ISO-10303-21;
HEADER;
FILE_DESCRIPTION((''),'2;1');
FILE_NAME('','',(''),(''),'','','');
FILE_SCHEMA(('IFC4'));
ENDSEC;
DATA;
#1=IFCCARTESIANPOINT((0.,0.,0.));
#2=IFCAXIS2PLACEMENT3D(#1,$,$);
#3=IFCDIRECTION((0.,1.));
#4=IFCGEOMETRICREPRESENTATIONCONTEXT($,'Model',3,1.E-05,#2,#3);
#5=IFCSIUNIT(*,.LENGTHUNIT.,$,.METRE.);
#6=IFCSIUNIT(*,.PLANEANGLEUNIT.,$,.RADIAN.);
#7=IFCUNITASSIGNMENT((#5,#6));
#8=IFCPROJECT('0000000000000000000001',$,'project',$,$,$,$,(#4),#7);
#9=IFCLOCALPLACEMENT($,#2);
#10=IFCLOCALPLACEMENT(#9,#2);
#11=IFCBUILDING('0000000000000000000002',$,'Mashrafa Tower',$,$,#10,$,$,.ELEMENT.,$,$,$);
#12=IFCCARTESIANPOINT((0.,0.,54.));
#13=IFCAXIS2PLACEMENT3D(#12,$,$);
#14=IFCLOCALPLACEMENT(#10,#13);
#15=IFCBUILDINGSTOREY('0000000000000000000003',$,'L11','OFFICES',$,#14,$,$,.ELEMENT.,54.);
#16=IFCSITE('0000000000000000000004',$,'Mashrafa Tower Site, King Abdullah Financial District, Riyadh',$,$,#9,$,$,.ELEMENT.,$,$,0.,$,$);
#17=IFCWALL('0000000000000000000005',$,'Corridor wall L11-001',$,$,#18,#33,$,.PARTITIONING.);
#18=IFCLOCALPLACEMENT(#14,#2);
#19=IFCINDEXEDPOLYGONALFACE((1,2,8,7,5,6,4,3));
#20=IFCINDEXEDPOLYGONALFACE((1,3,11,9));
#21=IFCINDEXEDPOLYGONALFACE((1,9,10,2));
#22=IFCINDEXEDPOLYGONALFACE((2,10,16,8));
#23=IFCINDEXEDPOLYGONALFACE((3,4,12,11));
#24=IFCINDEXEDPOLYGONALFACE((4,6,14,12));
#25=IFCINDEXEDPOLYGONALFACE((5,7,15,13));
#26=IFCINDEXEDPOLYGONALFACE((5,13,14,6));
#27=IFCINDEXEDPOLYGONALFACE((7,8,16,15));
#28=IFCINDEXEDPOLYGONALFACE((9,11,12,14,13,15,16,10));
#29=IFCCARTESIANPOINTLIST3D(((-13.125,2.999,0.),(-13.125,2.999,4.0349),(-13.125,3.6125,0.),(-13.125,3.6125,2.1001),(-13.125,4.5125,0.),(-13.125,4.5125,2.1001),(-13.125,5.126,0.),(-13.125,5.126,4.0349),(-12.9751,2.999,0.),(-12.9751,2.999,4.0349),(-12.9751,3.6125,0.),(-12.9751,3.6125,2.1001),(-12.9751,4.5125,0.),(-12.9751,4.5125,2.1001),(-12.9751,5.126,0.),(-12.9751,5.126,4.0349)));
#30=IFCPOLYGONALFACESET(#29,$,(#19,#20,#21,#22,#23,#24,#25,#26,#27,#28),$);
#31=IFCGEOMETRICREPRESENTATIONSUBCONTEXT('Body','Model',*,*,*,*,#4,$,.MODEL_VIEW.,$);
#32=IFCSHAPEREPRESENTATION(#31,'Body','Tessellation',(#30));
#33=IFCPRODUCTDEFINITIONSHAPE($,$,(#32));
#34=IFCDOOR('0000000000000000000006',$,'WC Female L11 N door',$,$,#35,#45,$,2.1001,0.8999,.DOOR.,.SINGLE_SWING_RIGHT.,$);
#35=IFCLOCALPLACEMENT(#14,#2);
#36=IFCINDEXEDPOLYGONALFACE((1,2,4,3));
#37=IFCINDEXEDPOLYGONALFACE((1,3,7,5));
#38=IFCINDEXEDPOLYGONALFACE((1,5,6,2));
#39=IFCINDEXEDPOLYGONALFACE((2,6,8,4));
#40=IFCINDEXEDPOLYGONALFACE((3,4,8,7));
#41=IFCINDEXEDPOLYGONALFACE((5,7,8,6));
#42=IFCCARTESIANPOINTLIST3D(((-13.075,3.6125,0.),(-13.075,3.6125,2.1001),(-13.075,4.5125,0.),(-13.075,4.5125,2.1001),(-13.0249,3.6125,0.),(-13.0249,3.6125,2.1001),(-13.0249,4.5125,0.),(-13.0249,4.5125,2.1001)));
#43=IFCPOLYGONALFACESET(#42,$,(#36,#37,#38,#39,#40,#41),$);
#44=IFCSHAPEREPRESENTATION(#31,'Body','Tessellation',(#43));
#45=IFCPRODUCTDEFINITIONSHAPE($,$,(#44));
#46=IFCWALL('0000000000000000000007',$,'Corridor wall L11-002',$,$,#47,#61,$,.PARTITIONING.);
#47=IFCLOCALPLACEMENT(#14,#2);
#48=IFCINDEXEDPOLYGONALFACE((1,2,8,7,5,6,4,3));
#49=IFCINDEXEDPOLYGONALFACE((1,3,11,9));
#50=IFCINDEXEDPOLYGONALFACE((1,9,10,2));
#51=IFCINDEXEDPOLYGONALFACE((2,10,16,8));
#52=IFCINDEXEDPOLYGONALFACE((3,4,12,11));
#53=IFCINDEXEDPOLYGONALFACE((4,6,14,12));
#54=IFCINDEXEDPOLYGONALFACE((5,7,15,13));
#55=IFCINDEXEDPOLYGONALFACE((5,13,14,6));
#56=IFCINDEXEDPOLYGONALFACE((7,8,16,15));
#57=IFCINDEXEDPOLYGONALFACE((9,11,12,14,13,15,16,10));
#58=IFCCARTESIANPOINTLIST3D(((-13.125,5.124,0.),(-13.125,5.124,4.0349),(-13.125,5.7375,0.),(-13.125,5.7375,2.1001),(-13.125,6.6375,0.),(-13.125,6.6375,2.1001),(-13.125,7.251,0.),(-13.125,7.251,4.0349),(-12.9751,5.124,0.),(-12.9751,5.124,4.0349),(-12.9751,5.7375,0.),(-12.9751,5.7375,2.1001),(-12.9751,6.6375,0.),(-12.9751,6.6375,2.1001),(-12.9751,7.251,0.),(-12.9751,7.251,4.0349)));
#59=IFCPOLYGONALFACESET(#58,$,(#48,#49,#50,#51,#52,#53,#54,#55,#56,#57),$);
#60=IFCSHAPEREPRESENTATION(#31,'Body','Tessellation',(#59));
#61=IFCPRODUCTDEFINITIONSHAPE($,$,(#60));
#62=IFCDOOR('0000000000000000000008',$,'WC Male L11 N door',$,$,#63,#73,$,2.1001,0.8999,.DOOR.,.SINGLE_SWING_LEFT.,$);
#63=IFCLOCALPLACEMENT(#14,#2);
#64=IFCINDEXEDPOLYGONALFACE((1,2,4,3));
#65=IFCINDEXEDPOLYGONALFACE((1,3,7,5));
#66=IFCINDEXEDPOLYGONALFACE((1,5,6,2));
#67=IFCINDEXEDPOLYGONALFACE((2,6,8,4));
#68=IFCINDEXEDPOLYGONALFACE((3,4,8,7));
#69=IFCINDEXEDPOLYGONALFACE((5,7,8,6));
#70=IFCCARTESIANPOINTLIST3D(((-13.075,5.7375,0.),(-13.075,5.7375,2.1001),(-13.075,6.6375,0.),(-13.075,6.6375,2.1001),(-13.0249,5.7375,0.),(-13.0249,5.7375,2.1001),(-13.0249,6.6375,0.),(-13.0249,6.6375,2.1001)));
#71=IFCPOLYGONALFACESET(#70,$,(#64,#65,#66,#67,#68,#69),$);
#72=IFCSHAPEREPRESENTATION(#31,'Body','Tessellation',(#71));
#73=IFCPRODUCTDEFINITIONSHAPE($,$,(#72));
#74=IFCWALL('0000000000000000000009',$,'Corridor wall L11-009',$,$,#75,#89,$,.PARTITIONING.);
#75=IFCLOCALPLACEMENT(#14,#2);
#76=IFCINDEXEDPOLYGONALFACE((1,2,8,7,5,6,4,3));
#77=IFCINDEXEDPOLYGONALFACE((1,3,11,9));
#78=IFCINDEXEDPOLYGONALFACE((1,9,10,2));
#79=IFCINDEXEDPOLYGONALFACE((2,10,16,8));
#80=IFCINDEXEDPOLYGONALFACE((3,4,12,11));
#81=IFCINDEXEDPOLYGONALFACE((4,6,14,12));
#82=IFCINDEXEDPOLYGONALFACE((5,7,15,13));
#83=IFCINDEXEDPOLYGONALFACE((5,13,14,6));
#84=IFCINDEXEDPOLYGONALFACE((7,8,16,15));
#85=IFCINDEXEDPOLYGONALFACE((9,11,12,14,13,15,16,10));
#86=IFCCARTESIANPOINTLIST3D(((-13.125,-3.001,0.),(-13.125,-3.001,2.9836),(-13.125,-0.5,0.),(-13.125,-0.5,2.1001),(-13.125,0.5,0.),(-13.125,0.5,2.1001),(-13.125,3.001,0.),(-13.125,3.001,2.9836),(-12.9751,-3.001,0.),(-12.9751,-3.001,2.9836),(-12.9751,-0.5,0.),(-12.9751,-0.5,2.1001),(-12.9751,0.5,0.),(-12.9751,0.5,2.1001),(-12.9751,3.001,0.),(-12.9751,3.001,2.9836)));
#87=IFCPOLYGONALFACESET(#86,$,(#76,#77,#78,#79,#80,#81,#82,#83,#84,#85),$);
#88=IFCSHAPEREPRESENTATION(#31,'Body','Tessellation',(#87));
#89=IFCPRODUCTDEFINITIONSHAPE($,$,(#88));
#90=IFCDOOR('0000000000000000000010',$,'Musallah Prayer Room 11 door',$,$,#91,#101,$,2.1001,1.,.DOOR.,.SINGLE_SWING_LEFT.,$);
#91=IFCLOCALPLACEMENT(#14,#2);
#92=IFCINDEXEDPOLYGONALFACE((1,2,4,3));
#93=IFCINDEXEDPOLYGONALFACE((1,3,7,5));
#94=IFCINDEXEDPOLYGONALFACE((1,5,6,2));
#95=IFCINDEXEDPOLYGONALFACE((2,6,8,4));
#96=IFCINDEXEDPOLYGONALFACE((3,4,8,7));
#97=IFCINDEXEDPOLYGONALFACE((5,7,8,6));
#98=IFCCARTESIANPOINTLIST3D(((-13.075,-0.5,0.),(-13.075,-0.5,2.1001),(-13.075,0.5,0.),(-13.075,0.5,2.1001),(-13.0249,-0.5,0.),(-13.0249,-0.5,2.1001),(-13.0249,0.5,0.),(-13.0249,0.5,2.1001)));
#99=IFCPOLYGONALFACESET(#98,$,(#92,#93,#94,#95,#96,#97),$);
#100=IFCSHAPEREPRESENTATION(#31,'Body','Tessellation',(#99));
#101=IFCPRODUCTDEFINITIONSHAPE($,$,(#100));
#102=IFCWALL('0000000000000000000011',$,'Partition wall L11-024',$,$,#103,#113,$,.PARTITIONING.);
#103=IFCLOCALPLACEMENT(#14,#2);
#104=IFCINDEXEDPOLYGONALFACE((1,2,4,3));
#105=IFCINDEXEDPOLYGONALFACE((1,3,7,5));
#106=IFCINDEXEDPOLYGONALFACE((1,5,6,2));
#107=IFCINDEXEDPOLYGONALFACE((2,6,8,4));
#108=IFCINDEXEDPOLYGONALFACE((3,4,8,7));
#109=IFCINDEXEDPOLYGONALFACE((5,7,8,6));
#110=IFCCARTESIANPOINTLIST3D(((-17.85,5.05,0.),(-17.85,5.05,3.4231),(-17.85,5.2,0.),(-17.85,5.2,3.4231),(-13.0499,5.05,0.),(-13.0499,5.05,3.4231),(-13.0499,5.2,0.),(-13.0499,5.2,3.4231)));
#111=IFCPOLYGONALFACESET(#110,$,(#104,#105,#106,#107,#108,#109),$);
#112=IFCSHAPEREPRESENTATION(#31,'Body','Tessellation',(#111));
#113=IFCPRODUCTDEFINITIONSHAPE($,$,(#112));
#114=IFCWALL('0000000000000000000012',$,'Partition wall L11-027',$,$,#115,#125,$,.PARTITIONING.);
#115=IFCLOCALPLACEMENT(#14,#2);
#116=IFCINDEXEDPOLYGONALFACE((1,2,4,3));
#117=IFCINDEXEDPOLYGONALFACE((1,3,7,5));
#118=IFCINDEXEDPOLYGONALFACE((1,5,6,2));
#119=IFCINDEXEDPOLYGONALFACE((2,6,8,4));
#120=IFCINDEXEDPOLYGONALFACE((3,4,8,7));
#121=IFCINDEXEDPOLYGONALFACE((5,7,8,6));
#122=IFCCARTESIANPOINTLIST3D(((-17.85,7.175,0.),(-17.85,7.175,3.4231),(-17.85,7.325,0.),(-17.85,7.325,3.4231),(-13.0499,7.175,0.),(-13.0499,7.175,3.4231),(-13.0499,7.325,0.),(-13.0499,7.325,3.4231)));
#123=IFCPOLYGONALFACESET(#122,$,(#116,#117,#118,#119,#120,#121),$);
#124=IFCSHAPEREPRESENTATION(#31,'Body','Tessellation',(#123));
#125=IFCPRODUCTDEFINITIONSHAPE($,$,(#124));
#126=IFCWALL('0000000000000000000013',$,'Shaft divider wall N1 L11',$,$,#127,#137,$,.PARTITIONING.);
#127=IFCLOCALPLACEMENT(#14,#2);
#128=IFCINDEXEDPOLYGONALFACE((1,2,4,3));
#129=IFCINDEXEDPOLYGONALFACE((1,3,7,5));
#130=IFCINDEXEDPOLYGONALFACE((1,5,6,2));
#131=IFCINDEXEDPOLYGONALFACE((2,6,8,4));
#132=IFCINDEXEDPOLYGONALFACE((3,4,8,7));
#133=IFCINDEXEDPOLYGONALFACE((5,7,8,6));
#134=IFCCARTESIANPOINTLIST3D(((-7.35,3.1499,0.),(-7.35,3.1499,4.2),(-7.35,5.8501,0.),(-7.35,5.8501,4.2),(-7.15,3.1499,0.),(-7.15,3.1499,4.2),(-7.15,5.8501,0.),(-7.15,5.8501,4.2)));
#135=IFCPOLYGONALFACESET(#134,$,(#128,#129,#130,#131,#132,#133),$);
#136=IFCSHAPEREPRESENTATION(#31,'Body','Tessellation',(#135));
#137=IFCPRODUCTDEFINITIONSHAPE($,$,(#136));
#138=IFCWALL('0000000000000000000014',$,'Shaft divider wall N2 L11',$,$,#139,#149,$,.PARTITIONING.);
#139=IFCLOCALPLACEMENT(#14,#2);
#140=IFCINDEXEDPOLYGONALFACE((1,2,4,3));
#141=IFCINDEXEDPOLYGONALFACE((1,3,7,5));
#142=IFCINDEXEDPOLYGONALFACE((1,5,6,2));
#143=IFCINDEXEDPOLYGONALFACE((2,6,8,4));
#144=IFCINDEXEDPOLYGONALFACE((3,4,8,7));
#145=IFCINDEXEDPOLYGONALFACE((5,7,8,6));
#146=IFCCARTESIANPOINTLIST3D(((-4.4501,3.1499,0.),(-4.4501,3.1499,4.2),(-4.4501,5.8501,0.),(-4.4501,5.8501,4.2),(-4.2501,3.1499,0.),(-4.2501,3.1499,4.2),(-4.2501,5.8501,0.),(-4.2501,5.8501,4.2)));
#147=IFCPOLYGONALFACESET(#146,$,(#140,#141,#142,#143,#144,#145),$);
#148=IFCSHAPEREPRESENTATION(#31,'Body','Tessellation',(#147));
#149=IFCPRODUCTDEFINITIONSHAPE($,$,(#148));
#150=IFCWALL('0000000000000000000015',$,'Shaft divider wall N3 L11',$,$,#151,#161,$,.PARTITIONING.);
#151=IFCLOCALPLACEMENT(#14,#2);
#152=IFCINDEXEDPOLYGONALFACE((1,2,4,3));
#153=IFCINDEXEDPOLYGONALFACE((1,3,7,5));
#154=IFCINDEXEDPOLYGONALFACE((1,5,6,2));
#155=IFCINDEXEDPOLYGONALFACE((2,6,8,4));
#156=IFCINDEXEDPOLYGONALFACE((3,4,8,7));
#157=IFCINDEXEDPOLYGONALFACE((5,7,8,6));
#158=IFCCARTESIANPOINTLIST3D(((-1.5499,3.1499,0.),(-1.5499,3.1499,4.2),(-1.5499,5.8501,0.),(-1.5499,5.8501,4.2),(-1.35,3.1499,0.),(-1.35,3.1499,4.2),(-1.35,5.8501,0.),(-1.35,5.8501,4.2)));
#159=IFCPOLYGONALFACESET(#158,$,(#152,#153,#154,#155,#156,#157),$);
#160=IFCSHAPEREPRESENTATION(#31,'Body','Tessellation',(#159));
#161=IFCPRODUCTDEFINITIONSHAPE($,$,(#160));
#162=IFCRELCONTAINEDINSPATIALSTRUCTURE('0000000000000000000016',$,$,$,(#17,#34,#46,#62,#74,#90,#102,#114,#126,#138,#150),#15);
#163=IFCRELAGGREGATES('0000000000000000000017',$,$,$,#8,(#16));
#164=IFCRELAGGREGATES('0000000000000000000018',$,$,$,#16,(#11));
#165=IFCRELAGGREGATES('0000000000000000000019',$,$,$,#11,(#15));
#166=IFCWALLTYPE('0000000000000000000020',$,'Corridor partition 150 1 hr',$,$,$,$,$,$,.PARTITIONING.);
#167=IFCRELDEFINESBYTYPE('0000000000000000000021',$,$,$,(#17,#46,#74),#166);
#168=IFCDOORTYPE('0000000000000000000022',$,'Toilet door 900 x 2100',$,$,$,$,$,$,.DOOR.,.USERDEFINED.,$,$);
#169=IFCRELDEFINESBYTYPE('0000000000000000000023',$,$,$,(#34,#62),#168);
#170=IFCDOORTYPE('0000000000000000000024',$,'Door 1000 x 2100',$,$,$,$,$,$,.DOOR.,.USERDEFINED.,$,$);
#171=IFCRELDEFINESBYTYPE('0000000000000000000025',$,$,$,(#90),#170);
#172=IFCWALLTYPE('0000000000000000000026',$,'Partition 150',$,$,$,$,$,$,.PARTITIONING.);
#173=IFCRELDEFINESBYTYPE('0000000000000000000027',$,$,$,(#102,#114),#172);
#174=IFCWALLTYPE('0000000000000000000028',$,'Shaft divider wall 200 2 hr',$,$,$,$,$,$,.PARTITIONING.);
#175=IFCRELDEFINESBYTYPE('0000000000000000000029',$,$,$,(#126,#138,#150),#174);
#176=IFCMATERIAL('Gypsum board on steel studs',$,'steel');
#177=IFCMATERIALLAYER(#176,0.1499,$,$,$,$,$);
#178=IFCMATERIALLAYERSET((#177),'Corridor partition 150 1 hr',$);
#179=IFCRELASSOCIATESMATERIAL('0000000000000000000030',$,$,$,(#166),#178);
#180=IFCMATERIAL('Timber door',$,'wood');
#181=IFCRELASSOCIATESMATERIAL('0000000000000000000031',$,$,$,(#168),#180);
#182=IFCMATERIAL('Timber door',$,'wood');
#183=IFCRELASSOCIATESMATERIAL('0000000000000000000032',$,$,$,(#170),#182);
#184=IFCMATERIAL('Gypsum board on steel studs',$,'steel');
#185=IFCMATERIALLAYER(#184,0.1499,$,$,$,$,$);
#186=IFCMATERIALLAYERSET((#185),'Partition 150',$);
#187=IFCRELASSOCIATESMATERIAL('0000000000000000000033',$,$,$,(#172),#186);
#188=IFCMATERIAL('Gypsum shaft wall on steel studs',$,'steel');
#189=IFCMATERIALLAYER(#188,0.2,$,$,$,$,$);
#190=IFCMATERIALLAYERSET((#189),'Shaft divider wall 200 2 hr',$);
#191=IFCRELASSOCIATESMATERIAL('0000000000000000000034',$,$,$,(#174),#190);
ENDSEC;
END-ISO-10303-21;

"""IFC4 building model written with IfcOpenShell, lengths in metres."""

from ifc_helpers import new_model, si_unit, direction, frame, frame_2d, origin, place, context, subcontext, project, spatial, rectangle, extrude, material, layer, layer_set, type_object, element, fill, save


model = new_model("IFC4")

# Units and contexts
model_context = context("Model", 3, precision=1e-05, world=origin(), true_north=direction((0.0, 1.0)))
body_context = subcontext(model_context, "Body", "Model", "MODEL_VIEW")
ifc_project = project(units=[si_unit("LENGTHUNIT", "METRE"), si_unit("PLANEANGLEUNIT", "RADIAN")], contexts=[model_context])

# Site, building, storey
site_placement = place(None, origin())
site = spatial("IfcSite", under=ifc_project, at=site_placement, Name="Mashrafa Tower Site, King Abdullah Financial District, Riyadh", CompositionType="ELEMENT", RefElevation=0.0)
building_placement = place(site_placement, origin())
building = spatial("IfcBuilding", under=site, at=building_placement, Name="Mashrafa Tower", CompositionType="ELEMENT")
storey_placement = place(building_placement, frame((0.0, 0.0, 54.0)))
storey = spatial("IfcBuildingStorey", under=building, at=storey_placement, Name="L11", Description="OFFICES", CompositionType="ELEMENT", Elevation=54.0)

# Walls, openings, doors
ifc_material_1 = material(Name="Gypsum board on steel studs", Category="steel")
ifc_layer_1 = layer(ifc_material_1, 0.1499)
ifc_layer_set_1 = layer_set([ifc_layer_1], Name="Corridor partition 150 1 hr")
wall_type_1 = type_object("IfcWallType", Name="Corridor partition 150 1 hr", PredefinedType="PARTITIONING", material=ifc_layer_set_1)
wall_1_placement = place(storey_placement, frame((-13.05, 5.126, 0.0), z_axis=(0.0, 0.0, 1.0), x_axis=(0.0, -1.0, 0.0)))
wall_1 = element("IfcWall", 1, at=wall_1_placement, inside=storey, type_object=wall_type_1, Name="Corridor wall L11-001", PredefinedType="PARTITIONING", context=body_context, shape_type="SweptSolid", body=[
    extrude(rectangle(XDim=2.127, YDim=0.1499, at=frame_2d((1.0635, 0.0))), origin(), (0.0, 0.0, 1.0), 4.0349),
])
opening_1_placement = place(wall_1_placement, frame((0.6135, 0.0, 0.0)))
opening_1 = element("IfcOpeningElement", 2, at=opening_1_placement, cuts=wall_1, PredefinedType="OPENING", context=body_context, shape_type="SweptSolid", body=[
    extrude(rectangle(XDim=0.8999, YDim=2.1001, at=frame_2d((0.45, 1.05))), frame((0.0, 0.085, 0.0), z_axis=(0.0, -1.0, 0.0), x_axis=(1.0, 0.0, 0.0)), (0.0, 0.0, 1.0), 0.1699),
])
ifc_material_2 = material(Name="Timber door", Category="wood")
door_type_1 = type_object("IfcDoorType", Name="Toilet door 900 x 2100", OperationType="USERDEFINED", PredefinedType="DOOR", material=ifc_material_2)
door_1_placement = place(opening_1_placement, frame((0.8999, 0.0, 0.0), z_axis=(0.0, 0.0, 1.0), x_axis=(-1.0, 0.0, 0.0)))
door_1 = element("IfcDoor", 3, at=door_1_placement, inside=storey, type_object=door_type_1, Name="WC Female L11 N door", OperationType="SINGLE_SWING_RIGHT", OverallHeight=2.1001, OverallWidth=0.8999, PredefinedType="DOOR", context=body_context, shape_type="SweptSolid", body=[
    extrude(rectangle(XDim=0.8999, YDim=2.1001, at=frame_2d((0.45, 1.05))), frame((0.0, 0.0249, 0.0), z_axis=(0.0, -1.0, 0.0), x_axis=(1.0, 0.0, 0.0)), (0.0, 0.0, 1.0), 0.05),
])
fill(opening_1, door_1)
wall_2_placement = place(storey_placement, frame((-13.05, 7.251, 0.0), z_axis=(0.0, 0.0, 1.0), x_axis=(0.0, -1.0, 0.0)))
wall_2 = element("IfcWall", 4, at=wall_2_placement, inside=storey, type_object=wall_type_1, Name="Corridor wall L11-002", PredefinedType="PARTITIONING", context=body_context, shape_type="SweptSolid", body=[
    extrude(rectangle(XDim=2.127, YDim=0.1499, at=frame_2d((1.0635, 0.0))), origin(), (0.0, 0.0, 1.0), 4.0349),
])
opening_2_placement = place(wall_2_placement, frame((0.6135, 0.0, 0.0)))
opening_2 = element("IfcOpeningElement", 5, at=opening_2_placement, cuts=wall_2, PredefinedType="OPENING", context=body_context, shape_type="SweptSolid", body=[
    extrude(rectangle(XDim=0.8999, YDim=2.1001, at=frame_2d((0.45, 1.05))), frame((0.0, 0.085, 0.0), z_axis=(0.0, -1.0, 0.0), x_axis=(1.0, 0.0, 0.0)), (0.0, 0.0, 1.0), 0.1699),
])
door_2_placement = place(opening_2_placement, frame((0.8999, 0.0, 0.0), z_axis=(0.0, 0.0, 1.0), x_axis=(-1.0, 0.0, 0.0)))
door_2 = element("IfcDoor", 6, at=door_2_placement, inside=storey, type_object=door_type_1, Name="WC Male L11 N door", OperationType="SINGLE_SWING_LEFT", OverallHeight=2.1001, OverallWidth=0.8999, PredefinedType="DOOR", context=body_context, shape_type="SweptSolid", body=[
    extrude(rectangle(XDim=0.8999, YDim=2.1001, at=frame_2d((0.45, 1.05))), frame((0.0, 0.0249, 0.0), z_axis=(0.0, -1.0, 0.0), x_axis=(1.0, 0.0, 0.0)), (0.0, 0.0, 1.0), 0.05),
])
fill(opening_2, door_2)
wall_3_placement = place(storey_placement, frame((-13.05, 3.001, 0.0), z_axis=(0.0, 0.0, 1.0), x_axis=(0.0, -1.0, 0.0)))
wall_3 = element("IfcWall", 7, at=wall_3_placement, inside=storey, type_object=wall_type_1, Name="Corridor wall L11-009", PredefinedType="PARTITIONING", context=body_context, shape_type="SweptSolid", body=[
    extrude(rectangle(XDim=6.002, YDim=0.1499, at=frame_2d((3.001, 0.0))), origin(), (0.0, 0.0, 1.0), 2.9836),
])
opening_3_placement = place(wall_3_placement, frame((2.501, 0.0, 0.0)))
opening_3 = element("IfcOpeningElement", 8, at=opening_3_placement, cuts=wall_3, PredefinedType="OPENING", context=body_context, shape_type="SweptSolid", body=[
    extrude(rectangle(XDim=1.0, YDim=2.1001, at=frame_2d((0.5, 1.05))), frame((0.0, 0.085, 0.0), z_axis=(0.0, -1.0, 0.0), x_axis=(1.0, 0.0, 0.0)), (0.0, 0.0, 1.0), 0.1699),
])
ifc_material_3 = material(Name="Timber door", Category="wood")
door_type_2 = type_object("IfcDoorType", Name="Door 1000 x 2100", OperationType="USERDEFINED", PredefinedType="DOOR", material=ifc_material_3)
door_3_placement = place(opening_3_placement, frame((1.0, 0.0, 0.0), z_axis=(0.0, 0.0, 1.0), x_axis=(-1.0, 0.0, 0.0)))
door_3 = element("IfcDoor", 9, at=door_3_placement, inside=storey, type_object=door_type_2, Name="Musallah Prayer Room 11 door", OperationType="SINGLE_SWING_LEFT", OverallHeight=2.1001, OverallWidth=1.0, PredefinedType="DOOR", context=body_context, shape_type="SweptSolid", body=[
    extrude(rectangle(XDim=1.0, YDim=2.1001, at=frame_2d((0.5, 1.05))), frame((0.0, 0.0249, 0.0), z_axis=(0.0, -1.0, 0.0), x_axis=(1.0, 0.0, 0.0)), (0.0, 0.0, 1.0), 0.05),
])
fill(opening_3, door_3)

# Walls
ifc_material_4 = material(Name="Gypsum board on steel studs", Category="steel")
ifc_layer_2 = layer(ifc_material_4, 0.1499)
ifc_layer_set_2 = layer_set([ifc_layer_2], Name="Partition 150")
wall_type_2 = type_object("IfcWallType", Name="Partition 150", PredefinedType="PARTITIONING", material=ifc_layer_set_2)
for number, where, z_axis, x_axis, name in (
    (10, (-13.05, 5.125, 0.0), (0.0, 0.0, 1.0), (-1.0, 0.0, 0.0), "Partition wall L11-024"),
    (11, (-13.05, 7.25, 0.0), (0.0, 0.0, 1.0), (-1.0, 0.0, 0.0), "Partition wall L11-027"),
):
    element("IfcWall", number, at=place(storey_placement, frame(where, z_axis=z_axis, x_axis=x_axis)), inside=storey, type_object=wall_type_2, Name=name, PredefinedType="PARTITIONING", context=body_context, shape_type="SweptSolid", body=[
        extrude(rectangle(XDim=4.8, YDim=0.1499, at=frame_2d((2.3999, 0.0))), origin(), (0.0, 0.0, 1.0), 3.4231),
    ])
ifc_material_5 = material(Name="Gypsum shaft wall on steel studs", Category="steel")
ifc_layer_3 = layer(ifc_material_5, 0.2)
ifc_layer_set_3 = layer_set([ifc_layer_3], Name="Shaft divider wall 200 2 hr")
wall_type_3 = type_object("IfcWallType", Name="Shaft divider wall 200 2 hr", PredefinedType="PARTITIONING", material=ifc_layer_set_3)
for number, where, z_axis, x_axis, name in (
    (12, (-7.25, 3.1499, 0.0), (0.0, 0.0, 1.0), (0.0, 1.0, 0.0), "Shaft divider wall N1 L11"),
    (13, (-4.3501, 3.1499, 0.0), (0.0, 0.0, 1.0), (0.0, 1.0, 0.0), "Shaft divider wall N2 L11"),
    (14, (-1.45, 3.1499, 0.0), (0.0, 0.0, 1.0), (0.0, 1.0, 0.0), "Shaft divider wall N3 L11"),
):
    element("IfcWall", number, at=place(storey_placement, frame(where, z_axis=z_axis, x_axis=x_axis)), inside=storey, type_object=wall_type_3, Name=name, PredefinedType="PARTITIONING", context=body_context, shape_type="SweptSolid", body=[
        extrude(rectangle(XDim=2.7002, YDim=0.2, at=frame_2d((1.3501, 0.0))), origin(), (0.0, 0.0, 1.0), 4.2),
    ])

save(model, "model.ifc")
